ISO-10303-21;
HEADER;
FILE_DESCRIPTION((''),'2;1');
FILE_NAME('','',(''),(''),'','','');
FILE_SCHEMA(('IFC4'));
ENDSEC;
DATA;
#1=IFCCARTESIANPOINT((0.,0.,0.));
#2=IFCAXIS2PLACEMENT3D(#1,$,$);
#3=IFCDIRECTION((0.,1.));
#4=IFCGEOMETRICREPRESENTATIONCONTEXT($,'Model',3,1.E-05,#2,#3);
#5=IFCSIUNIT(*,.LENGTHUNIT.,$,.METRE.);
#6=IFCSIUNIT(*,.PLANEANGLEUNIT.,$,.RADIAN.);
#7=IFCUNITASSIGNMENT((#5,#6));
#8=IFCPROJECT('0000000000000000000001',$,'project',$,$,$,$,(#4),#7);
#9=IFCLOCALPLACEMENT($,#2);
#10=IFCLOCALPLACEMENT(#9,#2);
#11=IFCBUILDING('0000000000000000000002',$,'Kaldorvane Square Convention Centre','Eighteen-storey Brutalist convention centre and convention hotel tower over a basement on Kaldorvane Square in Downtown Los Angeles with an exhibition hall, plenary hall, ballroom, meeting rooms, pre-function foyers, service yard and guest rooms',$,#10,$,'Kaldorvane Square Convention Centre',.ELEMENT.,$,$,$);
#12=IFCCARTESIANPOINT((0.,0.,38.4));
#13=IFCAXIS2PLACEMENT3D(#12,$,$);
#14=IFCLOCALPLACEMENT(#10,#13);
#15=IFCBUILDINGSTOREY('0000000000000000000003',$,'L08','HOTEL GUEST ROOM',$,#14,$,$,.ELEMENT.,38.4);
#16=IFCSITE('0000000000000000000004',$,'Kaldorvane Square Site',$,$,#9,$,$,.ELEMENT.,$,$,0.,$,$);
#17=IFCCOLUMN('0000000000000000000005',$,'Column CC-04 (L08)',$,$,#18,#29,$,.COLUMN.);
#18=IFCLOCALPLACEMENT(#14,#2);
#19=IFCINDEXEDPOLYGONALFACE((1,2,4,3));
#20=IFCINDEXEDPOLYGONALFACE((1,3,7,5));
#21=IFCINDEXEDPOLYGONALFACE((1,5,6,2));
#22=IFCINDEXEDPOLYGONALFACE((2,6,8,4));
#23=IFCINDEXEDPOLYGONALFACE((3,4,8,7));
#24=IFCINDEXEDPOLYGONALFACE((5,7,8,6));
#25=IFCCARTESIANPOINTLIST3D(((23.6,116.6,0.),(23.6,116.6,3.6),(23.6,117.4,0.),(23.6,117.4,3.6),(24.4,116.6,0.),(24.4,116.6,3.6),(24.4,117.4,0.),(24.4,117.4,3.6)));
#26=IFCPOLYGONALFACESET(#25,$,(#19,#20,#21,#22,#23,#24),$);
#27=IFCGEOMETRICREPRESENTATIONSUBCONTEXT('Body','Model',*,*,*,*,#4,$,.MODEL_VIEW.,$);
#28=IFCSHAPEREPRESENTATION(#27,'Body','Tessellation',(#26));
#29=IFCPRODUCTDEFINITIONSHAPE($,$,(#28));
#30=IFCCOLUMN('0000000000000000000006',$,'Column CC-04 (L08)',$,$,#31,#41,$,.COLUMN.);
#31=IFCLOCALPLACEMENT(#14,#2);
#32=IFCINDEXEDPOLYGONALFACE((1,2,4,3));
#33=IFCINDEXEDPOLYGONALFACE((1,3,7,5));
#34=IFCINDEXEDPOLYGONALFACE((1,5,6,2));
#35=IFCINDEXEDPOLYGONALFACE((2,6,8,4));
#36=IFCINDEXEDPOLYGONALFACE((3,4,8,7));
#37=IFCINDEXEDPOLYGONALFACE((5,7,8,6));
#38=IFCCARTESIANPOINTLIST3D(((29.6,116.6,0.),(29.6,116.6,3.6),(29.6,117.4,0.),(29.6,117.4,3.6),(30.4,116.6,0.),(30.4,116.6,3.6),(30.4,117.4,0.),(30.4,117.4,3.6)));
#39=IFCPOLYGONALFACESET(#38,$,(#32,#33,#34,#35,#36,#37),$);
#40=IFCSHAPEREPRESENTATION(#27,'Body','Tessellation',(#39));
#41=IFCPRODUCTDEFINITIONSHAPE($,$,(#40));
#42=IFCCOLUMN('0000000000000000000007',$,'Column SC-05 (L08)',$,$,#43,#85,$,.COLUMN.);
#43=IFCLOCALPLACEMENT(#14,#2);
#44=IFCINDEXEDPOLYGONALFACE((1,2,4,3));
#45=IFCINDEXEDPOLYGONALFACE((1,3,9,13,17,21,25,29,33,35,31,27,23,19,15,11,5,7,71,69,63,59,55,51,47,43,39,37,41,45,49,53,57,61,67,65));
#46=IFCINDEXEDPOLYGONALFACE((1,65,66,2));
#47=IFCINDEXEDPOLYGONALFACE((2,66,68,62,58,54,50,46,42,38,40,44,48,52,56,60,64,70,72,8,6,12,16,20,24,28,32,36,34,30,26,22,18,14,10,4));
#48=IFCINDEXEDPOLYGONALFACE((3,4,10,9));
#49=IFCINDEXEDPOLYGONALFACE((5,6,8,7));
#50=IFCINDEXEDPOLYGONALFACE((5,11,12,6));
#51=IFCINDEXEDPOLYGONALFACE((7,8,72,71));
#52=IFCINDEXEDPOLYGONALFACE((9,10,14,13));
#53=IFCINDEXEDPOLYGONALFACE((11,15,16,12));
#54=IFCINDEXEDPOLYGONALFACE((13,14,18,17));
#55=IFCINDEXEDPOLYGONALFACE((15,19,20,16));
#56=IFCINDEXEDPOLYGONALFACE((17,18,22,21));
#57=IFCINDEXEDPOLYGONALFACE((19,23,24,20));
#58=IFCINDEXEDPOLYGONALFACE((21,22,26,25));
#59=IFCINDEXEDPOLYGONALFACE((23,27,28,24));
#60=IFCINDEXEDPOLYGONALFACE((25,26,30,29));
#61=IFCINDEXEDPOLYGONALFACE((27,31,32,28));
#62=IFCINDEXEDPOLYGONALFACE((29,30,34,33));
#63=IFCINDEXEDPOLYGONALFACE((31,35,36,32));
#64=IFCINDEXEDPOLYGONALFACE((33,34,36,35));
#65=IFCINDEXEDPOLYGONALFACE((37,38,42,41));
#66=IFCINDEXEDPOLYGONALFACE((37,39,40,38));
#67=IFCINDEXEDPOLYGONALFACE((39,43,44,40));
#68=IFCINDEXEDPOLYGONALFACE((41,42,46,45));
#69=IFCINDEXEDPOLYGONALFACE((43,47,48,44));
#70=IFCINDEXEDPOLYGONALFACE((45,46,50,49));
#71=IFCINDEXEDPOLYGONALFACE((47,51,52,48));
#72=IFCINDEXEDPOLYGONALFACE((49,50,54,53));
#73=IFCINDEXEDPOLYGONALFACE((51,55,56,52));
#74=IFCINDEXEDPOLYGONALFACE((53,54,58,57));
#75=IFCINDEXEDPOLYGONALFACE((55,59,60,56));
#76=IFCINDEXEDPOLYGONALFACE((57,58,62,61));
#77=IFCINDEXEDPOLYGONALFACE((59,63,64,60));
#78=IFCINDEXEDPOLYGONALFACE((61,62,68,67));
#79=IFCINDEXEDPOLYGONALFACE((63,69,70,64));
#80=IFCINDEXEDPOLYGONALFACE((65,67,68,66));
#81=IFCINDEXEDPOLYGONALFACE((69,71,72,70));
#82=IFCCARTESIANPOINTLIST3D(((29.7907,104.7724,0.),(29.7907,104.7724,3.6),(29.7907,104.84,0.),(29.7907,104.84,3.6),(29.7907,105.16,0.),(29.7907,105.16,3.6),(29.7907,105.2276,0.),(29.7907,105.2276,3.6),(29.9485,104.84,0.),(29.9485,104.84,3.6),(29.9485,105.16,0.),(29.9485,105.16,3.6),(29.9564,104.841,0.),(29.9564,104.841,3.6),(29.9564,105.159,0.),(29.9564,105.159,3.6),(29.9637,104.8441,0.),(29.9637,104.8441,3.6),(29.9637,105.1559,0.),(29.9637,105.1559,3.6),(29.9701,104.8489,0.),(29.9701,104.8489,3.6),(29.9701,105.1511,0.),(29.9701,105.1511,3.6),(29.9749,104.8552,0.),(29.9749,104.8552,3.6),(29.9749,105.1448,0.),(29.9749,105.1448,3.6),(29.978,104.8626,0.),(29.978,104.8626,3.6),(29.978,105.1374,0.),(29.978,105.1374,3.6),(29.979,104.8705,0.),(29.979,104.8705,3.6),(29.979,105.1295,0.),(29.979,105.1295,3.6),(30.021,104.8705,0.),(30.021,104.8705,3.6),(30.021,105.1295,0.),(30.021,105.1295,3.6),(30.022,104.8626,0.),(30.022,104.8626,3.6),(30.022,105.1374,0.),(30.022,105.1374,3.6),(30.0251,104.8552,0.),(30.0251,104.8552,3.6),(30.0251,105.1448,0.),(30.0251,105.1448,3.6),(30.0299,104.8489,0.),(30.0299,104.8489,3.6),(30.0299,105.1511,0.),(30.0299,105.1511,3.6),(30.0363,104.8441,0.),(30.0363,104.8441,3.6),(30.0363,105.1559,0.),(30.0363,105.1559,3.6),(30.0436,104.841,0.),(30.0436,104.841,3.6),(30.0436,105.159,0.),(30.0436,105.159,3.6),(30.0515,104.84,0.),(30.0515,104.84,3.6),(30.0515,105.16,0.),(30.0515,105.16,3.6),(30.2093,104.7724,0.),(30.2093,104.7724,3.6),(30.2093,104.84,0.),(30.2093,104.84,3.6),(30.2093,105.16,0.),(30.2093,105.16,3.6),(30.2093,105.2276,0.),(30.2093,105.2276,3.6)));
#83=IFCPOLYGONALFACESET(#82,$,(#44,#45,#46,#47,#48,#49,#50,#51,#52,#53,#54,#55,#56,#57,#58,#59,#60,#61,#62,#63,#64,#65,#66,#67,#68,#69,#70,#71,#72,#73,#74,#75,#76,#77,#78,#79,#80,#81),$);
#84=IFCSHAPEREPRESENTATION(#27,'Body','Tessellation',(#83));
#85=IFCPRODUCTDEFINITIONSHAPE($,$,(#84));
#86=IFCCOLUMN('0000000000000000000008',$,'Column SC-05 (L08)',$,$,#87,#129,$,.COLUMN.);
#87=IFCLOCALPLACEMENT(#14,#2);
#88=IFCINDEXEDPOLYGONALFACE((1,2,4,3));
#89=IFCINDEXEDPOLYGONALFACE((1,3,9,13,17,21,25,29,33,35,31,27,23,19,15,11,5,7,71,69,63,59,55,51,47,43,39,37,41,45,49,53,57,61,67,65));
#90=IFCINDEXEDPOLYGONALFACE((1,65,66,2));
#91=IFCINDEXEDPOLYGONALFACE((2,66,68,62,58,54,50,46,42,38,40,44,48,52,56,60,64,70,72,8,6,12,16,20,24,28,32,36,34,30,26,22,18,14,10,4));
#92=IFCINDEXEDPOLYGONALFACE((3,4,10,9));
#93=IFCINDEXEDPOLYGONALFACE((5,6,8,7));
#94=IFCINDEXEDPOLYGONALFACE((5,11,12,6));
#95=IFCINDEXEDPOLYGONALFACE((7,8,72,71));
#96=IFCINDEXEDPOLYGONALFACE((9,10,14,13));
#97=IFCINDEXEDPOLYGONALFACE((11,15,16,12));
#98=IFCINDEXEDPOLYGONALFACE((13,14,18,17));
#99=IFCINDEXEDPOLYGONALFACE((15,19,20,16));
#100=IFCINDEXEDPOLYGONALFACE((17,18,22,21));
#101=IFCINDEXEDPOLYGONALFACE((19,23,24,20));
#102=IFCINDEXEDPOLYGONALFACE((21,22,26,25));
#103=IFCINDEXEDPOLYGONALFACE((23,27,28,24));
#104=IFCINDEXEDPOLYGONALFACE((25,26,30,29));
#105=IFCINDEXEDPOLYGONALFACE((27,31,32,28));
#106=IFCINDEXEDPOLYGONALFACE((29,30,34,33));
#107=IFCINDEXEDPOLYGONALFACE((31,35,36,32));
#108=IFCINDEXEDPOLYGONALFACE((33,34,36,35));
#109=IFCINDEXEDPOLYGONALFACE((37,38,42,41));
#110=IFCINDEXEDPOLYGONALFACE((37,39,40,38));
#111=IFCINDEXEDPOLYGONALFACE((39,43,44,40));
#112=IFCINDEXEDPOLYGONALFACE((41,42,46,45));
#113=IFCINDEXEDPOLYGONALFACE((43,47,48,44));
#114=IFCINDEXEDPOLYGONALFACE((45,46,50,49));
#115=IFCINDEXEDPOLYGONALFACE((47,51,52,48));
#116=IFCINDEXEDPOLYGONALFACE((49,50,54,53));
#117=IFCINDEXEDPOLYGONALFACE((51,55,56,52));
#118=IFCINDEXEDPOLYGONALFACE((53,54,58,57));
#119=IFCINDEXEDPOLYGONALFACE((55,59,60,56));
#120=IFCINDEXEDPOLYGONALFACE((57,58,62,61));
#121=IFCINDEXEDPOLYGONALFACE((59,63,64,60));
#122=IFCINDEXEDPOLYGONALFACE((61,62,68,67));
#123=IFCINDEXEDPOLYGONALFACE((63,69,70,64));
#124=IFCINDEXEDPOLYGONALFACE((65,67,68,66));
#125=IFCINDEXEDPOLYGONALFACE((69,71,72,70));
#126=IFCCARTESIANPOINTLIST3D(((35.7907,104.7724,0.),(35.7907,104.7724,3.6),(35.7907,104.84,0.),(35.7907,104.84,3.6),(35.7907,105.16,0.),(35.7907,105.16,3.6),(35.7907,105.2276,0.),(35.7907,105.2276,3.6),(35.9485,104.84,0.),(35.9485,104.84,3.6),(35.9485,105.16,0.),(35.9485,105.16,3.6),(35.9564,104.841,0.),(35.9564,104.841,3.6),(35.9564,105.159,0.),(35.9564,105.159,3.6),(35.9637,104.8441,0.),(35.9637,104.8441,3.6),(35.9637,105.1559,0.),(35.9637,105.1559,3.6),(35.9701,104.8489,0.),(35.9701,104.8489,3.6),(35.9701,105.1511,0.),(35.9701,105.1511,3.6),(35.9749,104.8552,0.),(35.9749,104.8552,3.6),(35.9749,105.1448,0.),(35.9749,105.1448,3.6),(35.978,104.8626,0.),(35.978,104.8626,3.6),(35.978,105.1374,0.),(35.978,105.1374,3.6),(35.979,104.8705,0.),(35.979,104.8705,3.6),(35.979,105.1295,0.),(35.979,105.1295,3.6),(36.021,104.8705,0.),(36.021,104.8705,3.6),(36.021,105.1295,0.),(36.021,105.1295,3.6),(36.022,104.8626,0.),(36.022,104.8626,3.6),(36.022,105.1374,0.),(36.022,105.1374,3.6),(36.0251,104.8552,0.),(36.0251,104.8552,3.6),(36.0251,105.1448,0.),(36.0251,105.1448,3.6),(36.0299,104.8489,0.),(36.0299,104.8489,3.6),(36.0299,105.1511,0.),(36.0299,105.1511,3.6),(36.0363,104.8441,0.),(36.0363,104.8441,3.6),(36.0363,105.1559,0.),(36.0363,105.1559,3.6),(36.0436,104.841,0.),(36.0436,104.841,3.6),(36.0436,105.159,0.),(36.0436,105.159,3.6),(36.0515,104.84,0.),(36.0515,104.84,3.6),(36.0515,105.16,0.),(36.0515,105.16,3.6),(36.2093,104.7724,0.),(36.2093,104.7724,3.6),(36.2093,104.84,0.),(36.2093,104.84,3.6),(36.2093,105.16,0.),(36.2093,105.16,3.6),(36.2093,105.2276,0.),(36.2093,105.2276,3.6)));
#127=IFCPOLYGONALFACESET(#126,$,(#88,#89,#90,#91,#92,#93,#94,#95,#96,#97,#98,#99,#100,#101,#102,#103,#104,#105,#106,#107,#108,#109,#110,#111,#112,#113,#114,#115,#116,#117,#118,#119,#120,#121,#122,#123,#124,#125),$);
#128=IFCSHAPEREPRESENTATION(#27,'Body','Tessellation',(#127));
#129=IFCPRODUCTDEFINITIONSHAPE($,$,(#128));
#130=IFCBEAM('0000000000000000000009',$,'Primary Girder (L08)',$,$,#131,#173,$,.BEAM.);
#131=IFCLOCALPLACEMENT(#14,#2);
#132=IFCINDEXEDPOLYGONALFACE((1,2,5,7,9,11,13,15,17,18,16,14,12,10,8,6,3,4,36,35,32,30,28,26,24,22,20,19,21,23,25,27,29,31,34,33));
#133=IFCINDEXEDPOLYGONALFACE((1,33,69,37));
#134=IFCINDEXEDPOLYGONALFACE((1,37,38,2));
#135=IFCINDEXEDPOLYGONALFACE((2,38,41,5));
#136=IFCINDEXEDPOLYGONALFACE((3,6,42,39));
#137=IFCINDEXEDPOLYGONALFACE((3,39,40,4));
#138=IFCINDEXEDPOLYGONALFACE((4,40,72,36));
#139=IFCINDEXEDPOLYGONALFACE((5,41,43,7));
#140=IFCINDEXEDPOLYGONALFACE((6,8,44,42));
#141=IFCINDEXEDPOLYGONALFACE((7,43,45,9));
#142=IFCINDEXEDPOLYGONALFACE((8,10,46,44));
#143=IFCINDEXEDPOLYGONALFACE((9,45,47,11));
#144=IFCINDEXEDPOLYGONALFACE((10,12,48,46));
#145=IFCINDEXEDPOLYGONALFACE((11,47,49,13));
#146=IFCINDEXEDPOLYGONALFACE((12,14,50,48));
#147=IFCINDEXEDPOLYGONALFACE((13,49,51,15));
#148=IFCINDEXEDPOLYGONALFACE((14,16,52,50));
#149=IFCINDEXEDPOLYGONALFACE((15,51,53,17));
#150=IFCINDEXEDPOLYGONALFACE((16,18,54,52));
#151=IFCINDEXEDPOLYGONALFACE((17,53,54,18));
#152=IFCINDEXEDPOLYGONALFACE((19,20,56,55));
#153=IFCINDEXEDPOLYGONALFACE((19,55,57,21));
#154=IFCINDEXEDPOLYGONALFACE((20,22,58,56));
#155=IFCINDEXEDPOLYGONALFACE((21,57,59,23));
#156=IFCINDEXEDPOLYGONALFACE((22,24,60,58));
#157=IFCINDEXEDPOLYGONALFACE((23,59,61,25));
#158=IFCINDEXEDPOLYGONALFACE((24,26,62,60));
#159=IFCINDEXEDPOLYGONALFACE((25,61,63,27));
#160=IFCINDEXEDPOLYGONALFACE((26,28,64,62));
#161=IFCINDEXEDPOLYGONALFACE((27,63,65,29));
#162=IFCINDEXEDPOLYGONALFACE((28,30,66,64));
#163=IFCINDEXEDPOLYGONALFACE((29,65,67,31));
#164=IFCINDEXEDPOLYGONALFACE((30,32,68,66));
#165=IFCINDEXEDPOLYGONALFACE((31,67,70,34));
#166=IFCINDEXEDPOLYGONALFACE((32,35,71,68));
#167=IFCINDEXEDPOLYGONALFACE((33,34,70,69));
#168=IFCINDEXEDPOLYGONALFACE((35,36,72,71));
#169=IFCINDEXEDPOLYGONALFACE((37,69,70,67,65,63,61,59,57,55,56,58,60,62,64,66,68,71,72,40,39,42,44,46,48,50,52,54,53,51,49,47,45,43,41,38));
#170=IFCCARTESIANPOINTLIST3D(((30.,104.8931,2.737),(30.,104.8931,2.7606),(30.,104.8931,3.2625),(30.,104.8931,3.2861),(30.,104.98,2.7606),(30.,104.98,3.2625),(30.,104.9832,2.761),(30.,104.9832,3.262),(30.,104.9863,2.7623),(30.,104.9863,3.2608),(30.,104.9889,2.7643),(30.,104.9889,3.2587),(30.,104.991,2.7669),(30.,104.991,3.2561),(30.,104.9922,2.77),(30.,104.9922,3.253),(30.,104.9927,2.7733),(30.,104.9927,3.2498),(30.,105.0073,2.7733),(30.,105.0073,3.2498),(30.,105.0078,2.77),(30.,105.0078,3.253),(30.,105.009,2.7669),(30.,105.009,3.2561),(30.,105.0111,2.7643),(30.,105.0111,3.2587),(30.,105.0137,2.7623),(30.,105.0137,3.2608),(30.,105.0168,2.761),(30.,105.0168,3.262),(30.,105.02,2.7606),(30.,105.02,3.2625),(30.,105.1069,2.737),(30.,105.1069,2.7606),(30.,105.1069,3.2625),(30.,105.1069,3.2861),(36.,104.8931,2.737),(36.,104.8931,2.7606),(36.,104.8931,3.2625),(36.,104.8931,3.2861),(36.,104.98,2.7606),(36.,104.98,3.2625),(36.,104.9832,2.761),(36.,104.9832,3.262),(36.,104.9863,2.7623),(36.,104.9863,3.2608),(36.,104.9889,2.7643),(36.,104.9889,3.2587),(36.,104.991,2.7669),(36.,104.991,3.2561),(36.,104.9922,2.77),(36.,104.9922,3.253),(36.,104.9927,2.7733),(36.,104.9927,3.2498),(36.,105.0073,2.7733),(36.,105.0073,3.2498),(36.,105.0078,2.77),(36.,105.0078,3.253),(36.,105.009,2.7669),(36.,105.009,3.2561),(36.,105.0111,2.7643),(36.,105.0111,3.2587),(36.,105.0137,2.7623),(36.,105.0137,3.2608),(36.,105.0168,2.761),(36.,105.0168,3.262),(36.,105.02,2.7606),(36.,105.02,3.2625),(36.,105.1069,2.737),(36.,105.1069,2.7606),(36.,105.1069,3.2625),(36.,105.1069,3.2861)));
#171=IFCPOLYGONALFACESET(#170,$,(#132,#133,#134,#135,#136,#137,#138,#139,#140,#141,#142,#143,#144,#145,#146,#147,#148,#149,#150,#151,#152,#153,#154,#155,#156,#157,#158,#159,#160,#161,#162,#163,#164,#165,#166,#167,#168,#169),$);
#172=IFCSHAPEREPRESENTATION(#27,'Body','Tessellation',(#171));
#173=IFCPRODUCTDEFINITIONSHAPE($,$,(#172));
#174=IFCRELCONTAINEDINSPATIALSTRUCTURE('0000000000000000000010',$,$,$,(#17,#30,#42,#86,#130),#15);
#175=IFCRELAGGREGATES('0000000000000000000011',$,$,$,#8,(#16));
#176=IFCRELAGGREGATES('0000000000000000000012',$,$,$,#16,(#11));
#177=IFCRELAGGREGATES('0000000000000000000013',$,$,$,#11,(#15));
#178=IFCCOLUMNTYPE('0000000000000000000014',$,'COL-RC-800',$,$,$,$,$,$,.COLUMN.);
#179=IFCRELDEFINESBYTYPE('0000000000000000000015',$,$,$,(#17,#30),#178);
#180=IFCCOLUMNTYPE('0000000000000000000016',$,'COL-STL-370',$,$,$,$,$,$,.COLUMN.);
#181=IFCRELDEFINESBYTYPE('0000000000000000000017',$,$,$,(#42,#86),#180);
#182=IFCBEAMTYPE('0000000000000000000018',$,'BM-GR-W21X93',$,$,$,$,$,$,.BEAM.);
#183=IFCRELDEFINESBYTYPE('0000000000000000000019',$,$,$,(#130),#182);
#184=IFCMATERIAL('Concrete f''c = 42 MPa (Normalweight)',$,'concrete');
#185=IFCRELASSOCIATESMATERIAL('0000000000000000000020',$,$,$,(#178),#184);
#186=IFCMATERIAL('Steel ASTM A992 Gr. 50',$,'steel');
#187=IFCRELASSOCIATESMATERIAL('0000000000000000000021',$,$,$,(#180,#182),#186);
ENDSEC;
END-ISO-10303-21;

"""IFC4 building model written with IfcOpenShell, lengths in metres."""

from ifc_helpers import new_model, si_unit, direction, frame, origin, origin_2d, place, context, subcontext, project, spatial, rectangle, i_section, extrude, material, material_profile, profile_set, type_object, element, save


model = new_model("IFC4")

# Units and contexts
model_context = context("Model", 3, precision=1e-05, world=origin(), true_north=direction((0.0, 1.0)))
body_context = subcontext(model_context, "Body", "Model", "MODEL_VIEW")
ifc_project = project(units=[si_unit("LENGTHUNIT", "METRE"), si_unit("PLANEANGLEUNIT", "RADIAN")], contexts=[model_context])

# Site, building, storey
site_placement = place(None, origin())
site = spatial("IfcSite", under=ifc_project, at=site_placement, Name="Kaldorvane Square Site", CompositionType="ELEMENT", RefElevation=0.0)
building_placement = place(site_placement, origin())
building = spatial("IfcBuilding", under=site, at=building_placement, Name="Kaldorvane Square Convention Centre", Description="Eighteen-storey Brutalist convention centre and convention hotel tower over a basement on Kaldorvane Square in Downtown Los Angeles with an exhibition hall, plenary hall, ballroom, meeting rooms, pre-function foyers, service yard and guest rooms", LongName="Kaldorvane Square Convention Centre", CompositionType="ELEMENT")
storey_placement = place(building_placement, frame((0.0, 0.0, 38.4)))
storey = spatial("IfcBuildingStorey", under=building, at=storey_placement, Name="L08", Description="HOTEL GUEST ROOM", CompositionType="ELEMENT", Elevation=38.4)

# Columns
ifc_material_1 = material(Name="Concrete f'c = 42 MPa (Normalweight)", Category="concrete")
ifc_material_profile_1 = material_profile(ifc_material_1, rectangle(XDim=0.8, YDim=0.8, at=origin_2d()), Name="RC800X800")
ifc_profile_set_1 = profile_set([ifc_material_profile_1], Name="Concrete f'c = 42 MPa (Normalweight)")
column_type_1 = type_object("IfcColumnType", Name="COL-RC-800", PredefinedType="COLUMN", material=ifc_profile_set_1)
for number, where, z_axis, x_axis, name in (
    (1, (24.0, 117.0, 0.0), (0.0, 0.0, 1.0), (1.0, 0.0, 0.0), "Column CC-04 (L08)"),
    (2, (30.0, 117.0, 0.0), (0.0, 0.0, 1.0), (1.0, 0.0, 0.0), "Column CC-04 (L08)"),
):
    element("IfcColumn", number, at=place(storey_placement, frame(where, z_axis=z_axis, x_axis=x_axis)), inside=storey, type_object=column_type_1, Name=name, PredefinedType="COLUMN", context=body_context, shape_type="SweptSolid", body=[
        extrude(rectangle(XDim=0.8, YDim=0.8, at=origin_2d()), origin(), (0.0, 0.0, 1.0), 3.6),
    ])
ifc_material_2 = material(Name="Steel ASTM A992 Gr. 50", Category="steel")
ifc_material_profile_2 = material_profile(ifc_material_2, i_section(OverallWidth=0.4185, OverallDepth=0.4552, WebThickness=0.042, FlangeThickness=0.0676, FilletRadius=0.0305, at=origin_2d()), Name="W14X370")
ifc_profile_set_2 = profile_set([ifc_material_profile_2], Name="Steel ASTM A992 Gr. 50")
column_type_2 = type_object("IfcColumnType", Name="COL-STL-370", PredefinedType="COLUMN", material=ifc_profile_set_2)
for number, where, z_axis, x_axis, name in (
    (3, (30.0, 105.0, 0.0), (0.0, 0.0, 1.0), (1.0, 0.0, 0.0), "Column SC-05 (L08)"),
    (4, (36.0, 105.0, 0.0), (0.0, 0.0, 1.0), (1.0, 0.0, 0.0), "Column SC-05 (L08)"),
):
    element("IfcColumn", number, at=place(storey_placement, frame(where, z_axis=z_axis, x_axis=x_axis)), inside=storey, type_object=column_type_2, Name=name, PredefinedType="COLUMN", context=body_context, shape_type="SweptSolid", body=[
        extrude(i_section(OverallWidth=0.4185, OverallDepth=0.4552, WebThickness=0.042, FlangeThickness=0.0676, FilletRadius=0.0305, at=origin_2d()), origin(), (0.0, 0.0, 1.0), 3.6),
    ])

# Beam
ifc_material_profile_3 = material_profile(ifc_material_2, i_section(OverallWidth=0.2139, OverallDepth=0.5491, WebThickness=0.0147, FlangeThickness=0.0236, FilletRadius=0.0127, at=origin_2d()), Name="W21X93")
ifc_profile_set_3 = profile_set([ifc_material_profile_3], Name="Steel ASTM A992 Gr. 50")
beam_type_1 = type_object("IfcBeamType", Name="BM-GR-W21X93", PredefinedType="BEAM", material=ifc_profile_set_3)
for number, where, z_axis, x_axis, name in (
    (5, (30.0, 105.0, 3.0115), (1.0, 0.0, 0.0), (0.0, 1.0, 0.0), "Primary Girder (L08)"),
):
    element("IfcBeam", number, at=place(storey_placement, frame(where, z_axis=z_axis, x_axis=x_axis)), inside=storey, type_object=beam_type_1, Name=name, PredefinedType="BEAM", context=body_context, shape_type="SweptSolid", body=[
        extrude(i_section(OverallWidth=0.2139, OverallDepth=0.5491, WebThickness=0.0147, FlangeThickness=0.0236, FilletRadius=0.0127, at=origin_2d()), origin(), (0.0, 0.0, 1.0), 6.0),
    ])

save(model, "model.ifc")
